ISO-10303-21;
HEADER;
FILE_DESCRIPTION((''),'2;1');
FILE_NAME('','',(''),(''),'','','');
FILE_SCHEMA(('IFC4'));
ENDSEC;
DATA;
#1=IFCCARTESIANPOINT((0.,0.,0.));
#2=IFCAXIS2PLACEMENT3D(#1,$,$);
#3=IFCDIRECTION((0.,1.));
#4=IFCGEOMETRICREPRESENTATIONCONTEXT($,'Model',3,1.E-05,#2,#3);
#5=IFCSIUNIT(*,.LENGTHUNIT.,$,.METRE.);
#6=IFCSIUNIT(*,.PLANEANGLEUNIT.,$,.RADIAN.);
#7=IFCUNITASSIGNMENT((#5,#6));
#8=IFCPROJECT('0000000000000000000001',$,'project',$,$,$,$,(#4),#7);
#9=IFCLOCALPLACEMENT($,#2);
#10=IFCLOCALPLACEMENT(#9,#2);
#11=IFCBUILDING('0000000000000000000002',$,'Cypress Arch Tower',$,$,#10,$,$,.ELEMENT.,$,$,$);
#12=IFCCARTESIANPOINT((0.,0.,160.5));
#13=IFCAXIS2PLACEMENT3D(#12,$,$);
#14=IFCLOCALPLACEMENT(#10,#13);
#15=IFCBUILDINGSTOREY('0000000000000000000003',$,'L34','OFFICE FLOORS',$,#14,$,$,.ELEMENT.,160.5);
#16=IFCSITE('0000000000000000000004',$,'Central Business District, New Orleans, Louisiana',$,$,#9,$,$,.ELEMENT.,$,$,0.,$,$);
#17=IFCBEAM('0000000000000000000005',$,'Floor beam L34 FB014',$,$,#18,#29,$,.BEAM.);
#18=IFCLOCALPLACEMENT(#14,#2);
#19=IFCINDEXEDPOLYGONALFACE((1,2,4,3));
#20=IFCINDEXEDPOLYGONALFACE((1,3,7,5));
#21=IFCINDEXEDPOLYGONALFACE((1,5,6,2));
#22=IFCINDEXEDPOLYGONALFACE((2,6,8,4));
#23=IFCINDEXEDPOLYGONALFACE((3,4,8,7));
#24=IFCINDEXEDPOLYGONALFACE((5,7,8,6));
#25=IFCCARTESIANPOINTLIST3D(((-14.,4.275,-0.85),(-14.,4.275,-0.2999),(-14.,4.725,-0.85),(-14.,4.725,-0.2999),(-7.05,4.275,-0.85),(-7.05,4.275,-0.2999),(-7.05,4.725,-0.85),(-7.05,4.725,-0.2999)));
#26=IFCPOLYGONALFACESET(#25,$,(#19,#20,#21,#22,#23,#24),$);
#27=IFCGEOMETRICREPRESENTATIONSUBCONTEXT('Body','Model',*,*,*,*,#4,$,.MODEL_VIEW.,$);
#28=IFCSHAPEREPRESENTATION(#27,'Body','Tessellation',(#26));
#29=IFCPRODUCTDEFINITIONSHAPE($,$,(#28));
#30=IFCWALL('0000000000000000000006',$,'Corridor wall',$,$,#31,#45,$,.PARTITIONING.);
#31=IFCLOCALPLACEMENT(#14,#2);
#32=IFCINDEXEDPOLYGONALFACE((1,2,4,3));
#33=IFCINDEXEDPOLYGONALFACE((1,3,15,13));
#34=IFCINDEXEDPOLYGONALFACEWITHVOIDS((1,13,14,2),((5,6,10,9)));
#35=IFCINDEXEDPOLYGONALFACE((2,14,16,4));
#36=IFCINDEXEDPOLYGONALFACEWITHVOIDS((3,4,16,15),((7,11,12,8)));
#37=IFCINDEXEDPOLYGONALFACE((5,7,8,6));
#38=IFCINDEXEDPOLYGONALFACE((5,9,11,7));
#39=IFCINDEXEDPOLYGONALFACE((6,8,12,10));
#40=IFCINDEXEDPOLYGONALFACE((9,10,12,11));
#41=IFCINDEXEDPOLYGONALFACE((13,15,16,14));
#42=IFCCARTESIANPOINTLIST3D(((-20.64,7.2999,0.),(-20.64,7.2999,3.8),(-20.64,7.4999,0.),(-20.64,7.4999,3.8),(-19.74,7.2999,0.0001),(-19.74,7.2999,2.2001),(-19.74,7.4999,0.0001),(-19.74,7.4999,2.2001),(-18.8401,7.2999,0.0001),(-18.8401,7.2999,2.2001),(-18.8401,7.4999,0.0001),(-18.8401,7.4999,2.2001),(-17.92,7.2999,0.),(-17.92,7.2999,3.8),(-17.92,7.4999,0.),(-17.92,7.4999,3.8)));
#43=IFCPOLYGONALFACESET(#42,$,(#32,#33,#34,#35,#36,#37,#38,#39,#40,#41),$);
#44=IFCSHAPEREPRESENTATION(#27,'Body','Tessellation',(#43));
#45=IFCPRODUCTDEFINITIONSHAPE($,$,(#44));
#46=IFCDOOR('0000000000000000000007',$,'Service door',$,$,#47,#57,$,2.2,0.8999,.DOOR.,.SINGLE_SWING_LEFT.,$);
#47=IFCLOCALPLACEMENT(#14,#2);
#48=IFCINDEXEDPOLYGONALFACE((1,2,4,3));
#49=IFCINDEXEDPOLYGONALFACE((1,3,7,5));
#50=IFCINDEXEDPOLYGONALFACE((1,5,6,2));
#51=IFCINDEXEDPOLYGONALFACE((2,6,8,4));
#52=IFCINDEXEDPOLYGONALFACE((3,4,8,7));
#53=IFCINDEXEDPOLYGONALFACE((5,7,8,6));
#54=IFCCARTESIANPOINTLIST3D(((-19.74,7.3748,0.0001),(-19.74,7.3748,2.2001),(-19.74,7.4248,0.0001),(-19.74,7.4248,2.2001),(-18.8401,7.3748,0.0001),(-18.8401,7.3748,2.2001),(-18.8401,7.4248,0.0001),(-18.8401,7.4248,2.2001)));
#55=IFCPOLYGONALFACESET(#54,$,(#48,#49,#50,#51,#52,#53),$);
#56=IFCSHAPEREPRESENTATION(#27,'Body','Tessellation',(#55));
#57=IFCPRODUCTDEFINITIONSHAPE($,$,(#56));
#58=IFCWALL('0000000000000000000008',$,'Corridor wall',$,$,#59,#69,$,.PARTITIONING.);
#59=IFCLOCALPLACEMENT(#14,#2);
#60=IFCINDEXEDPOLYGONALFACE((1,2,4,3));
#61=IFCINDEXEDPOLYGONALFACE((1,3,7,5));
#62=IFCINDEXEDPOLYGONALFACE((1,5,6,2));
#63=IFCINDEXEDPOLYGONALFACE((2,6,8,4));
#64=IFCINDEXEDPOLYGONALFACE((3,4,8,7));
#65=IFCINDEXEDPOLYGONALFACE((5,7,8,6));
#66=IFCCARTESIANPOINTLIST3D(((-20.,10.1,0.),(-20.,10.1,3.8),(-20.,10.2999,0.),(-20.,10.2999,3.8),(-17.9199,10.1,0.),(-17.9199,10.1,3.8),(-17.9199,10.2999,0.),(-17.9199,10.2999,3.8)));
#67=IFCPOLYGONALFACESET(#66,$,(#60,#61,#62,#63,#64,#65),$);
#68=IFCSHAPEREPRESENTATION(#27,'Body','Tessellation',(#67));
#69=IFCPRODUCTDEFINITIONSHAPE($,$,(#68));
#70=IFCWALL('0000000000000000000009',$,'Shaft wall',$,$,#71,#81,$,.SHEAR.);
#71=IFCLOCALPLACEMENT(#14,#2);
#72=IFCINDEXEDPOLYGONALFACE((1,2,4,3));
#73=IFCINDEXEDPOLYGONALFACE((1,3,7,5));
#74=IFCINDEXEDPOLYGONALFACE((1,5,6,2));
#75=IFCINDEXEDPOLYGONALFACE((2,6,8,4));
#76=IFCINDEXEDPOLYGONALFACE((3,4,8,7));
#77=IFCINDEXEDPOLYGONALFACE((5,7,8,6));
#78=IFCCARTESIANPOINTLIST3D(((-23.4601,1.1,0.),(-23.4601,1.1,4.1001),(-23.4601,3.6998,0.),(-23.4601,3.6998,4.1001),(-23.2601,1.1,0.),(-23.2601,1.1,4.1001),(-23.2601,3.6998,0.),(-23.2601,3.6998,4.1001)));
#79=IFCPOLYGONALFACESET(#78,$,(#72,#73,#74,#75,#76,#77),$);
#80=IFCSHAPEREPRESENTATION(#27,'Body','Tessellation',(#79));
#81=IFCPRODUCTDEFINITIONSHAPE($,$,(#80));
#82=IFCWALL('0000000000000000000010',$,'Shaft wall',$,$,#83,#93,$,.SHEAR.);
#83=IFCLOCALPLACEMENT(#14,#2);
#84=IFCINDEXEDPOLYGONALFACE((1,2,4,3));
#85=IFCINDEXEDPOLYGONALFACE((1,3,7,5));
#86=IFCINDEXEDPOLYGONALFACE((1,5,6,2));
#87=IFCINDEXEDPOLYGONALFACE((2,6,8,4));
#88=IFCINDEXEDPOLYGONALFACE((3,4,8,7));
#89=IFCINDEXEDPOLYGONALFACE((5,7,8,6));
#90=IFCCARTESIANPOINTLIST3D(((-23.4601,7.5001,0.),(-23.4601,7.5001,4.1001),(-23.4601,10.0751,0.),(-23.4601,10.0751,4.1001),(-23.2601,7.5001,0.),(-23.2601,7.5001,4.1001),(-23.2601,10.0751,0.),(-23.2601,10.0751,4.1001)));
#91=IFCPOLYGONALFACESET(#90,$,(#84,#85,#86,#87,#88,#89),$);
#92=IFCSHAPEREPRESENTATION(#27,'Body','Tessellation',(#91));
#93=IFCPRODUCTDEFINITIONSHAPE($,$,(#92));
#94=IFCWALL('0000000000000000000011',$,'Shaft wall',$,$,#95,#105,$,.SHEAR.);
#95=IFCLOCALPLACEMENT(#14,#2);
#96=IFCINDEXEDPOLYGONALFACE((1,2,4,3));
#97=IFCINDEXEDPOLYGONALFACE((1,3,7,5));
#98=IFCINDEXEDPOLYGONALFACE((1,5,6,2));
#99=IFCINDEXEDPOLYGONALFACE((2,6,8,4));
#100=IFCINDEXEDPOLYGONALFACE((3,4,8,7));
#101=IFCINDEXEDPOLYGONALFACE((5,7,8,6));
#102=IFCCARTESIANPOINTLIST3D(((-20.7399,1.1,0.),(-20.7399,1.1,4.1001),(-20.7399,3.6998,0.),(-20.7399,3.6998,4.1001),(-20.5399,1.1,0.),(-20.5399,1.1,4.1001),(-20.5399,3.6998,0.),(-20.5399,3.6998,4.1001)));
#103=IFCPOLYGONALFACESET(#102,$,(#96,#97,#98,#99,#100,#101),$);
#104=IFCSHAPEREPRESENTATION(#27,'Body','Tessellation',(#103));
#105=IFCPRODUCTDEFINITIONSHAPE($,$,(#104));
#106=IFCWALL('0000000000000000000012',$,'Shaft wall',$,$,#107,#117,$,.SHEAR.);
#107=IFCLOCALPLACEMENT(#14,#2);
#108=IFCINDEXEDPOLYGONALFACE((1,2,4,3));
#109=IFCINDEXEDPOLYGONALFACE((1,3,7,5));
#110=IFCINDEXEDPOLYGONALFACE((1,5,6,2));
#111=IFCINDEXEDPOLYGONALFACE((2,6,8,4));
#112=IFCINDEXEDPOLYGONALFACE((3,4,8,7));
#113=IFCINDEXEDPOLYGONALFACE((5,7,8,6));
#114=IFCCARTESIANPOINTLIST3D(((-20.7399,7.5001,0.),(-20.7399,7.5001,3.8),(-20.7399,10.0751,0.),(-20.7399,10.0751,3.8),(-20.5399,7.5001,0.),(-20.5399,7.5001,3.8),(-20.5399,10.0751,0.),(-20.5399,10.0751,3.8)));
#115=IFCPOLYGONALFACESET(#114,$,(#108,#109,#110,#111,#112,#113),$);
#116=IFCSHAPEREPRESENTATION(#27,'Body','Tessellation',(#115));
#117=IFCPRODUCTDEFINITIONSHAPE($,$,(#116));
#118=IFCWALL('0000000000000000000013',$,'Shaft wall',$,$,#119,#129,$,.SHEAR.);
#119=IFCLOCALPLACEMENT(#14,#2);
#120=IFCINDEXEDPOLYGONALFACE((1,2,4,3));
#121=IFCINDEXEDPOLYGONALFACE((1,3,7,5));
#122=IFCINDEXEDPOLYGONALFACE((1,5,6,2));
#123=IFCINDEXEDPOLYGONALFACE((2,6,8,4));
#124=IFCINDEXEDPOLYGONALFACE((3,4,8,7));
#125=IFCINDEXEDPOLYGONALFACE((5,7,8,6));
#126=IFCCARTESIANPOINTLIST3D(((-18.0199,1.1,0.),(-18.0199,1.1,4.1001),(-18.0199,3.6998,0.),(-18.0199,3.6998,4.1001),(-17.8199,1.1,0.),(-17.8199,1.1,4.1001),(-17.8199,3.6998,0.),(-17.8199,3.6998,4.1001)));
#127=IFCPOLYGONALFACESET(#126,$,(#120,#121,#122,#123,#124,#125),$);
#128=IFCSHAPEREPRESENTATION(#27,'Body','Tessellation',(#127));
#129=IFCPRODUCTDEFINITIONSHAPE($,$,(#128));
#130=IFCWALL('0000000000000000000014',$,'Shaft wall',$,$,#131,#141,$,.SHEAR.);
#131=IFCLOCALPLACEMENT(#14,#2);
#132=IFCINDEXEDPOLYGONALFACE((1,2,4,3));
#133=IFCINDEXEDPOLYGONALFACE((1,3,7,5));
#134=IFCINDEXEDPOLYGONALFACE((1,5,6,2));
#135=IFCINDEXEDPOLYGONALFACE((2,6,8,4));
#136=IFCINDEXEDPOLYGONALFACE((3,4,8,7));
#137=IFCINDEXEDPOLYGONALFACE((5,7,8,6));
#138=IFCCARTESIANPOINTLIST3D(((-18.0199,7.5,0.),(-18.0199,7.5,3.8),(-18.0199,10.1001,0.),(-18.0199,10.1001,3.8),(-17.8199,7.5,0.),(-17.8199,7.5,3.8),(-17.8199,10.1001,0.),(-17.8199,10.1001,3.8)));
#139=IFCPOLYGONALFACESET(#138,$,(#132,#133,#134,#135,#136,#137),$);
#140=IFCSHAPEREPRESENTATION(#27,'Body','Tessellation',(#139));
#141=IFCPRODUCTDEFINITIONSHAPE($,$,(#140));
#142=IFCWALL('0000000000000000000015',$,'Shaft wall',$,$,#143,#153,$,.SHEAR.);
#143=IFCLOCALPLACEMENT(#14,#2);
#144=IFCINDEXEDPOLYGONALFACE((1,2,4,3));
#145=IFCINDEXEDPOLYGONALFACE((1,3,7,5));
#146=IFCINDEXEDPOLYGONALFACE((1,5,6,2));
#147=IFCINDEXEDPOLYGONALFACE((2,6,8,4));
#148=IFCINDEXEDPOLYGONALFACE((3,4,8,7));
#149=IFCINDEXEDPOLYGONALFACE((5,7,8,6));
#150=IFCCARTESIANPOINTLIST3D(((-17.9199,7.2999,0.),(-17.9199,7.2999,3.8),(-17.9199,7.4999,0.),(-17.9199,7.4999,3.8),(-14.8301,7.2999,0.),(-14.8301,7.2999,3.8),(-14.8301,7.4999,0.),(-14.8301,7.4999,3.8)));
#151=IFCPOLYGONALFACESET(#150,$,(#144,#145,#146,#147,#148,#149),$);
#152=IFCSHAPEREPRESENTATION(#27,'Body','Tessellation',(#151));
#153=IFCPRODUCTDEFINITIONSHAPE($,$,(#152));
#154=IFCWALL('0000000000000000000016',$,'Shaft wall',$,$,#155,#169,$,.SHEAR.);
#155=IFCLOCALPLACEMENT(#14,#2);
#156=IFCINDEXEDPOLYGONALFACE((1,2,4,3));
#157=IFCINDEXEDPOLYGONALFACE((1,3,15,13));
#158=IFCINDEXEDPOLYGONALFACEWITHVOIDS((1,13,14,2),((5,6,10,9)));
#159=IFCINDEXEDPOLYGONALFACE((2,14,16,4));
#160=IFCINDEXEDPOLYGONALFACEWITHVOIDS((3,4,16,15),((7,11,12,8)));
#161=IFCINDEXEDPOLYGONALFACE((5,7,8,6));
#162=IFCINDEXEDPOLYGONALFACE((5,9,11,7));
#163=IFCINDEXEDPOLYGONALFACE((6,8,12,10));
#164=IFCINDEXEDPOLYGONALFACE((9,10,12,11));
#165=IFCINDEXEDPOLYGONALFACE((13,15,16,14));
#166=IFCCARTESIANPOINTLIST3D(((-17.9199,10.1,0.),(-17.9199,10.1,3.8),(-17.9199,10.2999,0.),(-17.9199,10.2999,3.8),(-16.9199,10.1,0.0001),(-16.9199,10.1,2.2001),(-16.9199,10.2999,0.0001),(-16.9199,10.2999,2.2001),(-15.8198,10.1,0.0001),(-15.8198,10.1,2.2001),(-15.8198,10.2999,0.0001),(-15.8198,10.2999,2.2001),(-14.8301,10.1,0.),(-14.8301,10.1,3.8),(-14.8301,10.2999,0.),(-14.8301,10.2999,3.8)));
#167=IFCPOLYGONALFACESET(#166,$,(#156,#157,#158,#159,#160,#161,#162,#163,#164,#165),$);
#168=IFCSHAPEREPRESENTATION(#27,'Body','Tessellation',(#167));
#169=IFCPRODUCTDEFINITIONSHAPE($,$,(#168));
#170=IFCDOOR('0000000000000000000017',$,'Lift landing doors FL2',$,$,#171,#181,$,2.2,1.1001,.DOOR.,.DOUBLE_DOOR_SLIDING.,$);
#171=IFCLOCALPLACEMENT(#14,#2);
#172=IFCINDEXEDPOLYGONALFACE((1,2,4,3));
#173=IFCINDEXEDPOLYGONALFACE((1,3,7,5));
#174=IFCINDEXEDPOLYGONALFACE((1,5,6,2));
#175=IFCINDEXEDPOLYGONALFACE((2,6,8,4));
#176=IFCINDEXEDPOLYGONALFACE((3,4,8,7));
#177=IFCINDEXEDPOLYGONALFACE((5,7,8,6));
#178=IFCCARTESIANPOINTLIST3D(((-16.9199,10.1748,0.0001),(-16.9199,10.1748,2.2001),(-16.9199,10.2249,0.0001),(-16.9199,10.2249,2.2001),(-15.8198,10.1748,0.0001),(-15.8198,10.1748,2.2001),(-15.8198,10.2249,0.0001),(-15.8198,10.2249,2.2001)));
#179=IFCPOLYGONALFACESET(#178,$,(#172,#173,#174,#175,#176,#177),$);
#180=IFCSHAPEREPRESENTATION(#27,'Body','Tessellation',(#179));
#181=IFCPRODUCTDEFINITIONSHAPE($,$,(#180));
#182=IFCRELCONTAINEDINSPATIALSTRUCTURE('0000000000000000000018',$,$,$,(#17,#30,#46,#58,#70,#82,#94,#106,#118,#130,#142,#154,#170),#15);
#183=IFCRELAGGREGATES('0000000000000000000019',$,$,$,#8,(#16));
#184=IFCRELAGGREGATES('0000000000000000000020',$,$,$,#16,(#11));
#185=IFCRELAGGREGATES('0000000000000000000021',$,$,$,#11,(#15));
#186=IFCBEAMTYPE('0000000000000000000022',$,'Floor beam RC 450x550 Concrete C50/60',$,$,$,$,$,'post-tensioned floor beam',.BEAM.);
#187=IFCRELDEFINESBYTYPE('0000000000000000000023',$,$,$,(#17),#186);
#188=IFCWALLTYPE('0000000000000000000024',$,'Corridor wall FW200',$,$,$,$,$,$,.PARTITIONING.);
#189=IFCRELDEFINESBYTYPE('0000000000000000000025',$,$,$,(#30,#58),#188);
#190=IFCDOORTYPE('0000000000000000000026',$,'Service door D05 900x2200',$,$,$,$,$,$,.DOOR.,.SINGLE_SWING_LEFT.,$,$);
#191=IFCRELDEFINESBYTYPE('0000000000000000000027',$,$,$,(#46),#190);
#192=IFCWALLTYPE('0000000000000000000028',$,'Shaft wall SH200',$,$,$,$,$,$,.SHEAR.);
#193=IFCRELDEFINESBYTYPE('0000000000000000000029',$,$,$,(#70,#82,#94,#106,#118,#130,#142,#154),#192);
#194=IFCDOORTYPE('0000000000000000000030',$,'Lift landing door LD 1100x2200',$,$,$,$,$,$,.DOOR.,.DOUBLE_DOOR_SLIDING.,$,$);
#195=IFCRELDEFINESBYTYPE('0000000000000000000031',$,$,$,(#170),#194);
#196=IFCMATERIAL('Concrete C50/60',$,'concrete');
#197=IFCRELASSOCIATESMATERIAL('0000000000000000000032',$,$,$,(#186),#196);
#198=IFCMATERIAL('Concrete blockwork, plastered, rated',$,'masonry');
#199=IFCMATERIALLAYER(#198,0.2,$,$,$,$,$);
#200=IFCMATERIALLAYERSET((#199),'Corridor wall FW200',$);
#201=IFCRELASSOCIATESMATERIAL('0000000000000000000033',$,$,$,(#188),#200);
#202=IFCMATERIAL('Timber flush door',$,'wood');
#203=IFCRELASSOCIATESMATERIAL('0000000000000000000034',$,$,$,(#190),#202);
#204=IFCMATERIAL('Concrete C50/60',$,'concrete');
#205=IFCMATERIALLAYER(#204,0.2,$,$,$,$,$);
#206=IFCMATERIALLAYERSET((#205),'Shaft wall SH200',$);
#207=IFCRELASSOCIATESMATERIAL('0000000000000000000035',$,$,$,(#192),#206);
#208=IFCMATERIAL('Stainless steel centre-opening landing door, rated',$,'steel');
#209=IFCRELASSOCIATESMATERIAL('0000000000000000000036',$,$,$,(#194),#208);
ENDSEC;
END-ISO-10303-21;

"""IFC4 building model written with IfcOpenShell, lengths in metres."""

from ifc_helpers import new_model, si_unit, direction, frame, frame_2d, origin, origin_2d, place, context, subcontext, project, spatial, rectangle, extrude, material, layer, layer_set, material_profile, profile_set, type_object, element, fill, save


model = new_model("IFC4")

# Units and contexts
model_context = context("Model", 3, precision=1e-05, world=origin(), true_north=direction((0.0, 1.0)))
body_context = subcontext(model_context, "Body", "Model", "MODEL_VIEW")
ifc_project = project(units=[si_unit("LENGTHUNIT", "METRE"), si_unit("PLANEANGLEUNIT", "RADIAN")], contexts=[model_context])

# Site, building, storey
site_placement = place(None, origin())
site = spatial("IfcSite", under=ifc_project, at=site_placement, Name="Central Business District, New Orleans, Louisiana", CompositionType="ELEMENT", RefElevation=0.0)
building_placement = place(site_placement, origin())
building = spatial("IfcBuilding", under=site, at=building_placement, Name="Cypress Arch Tower", CompositionType="ELEMENT")
storey_placement = place(building_placement, frame((0.0, 0.0, 160.5)))
storey = spatial("IfcBuildingStorey", under=building, at=storey_placement, Name="L34", Description="OFFICE FLOORS", CompositionType="ELEMENT", Elevation=160.5)

# Beam
ifc_material_1 = material(Name="Concrete C50/60", Category="concrete")
ifc_material_profile = material_profile(ifc_material_1, rectangle(XDim=0.45, YDim=0.55, at=origin_2d()), Name="RC 450x550")
ifc_profile_set = profile_set([ifc_material_profile], Name="Concrete C50/60")
beam_type = type_object("IfcBeamType", Name="Floor beam RC 450x550 Concrete C50/60", ElementType="post-tensioned floor beam", PredefinedType="BEAM", material=ifc_profile_set)
beam_placement = place(storey_placement, frame((-14.0, 4.5, -0.575), z_axis=(1.0, 0.0, 0.0), x_axis=(0.0, 1.0, 0.0)))
element("IfcBeam", 1, at=beam_placement, inside=storey, type_object=beam_type, Name="Floor beam L34 FB014", PredefinedType="BEAM", context=body_context, shape_type="SweptSolid", body=[
    extrude(rectangle(XDim=0.45, YDim=0.55, at=origin_2d()), origin(), (0.0, 0.0, 1.0), 6.95),
])

# Wall, opening, door
ifc_material_2 = material(Name="Concrete blockwork, plastered, rated", Category="masonry")
ifc_layer_1 = layer(ifc_material_2, 0.2)
ifc_layer_set_1 = layer_set([ifc_layer_1], Name="Corridor wall FW200")
wall_type_1 = type_object("IfcWallType", Name="Corridor wall FW200", PredefinedType="PARTITIONING", material=ifc_layer_set_1)
wall_1_placement = place(storey_placement, frame((-20.6399, 7.3999, 0.0), z_axis=(0.0, 0.0, 1.0), x_axis=(1.0, 0.0, 0.0)))
wall_1 = element("IfcWall", 2, at=wall_1_placement, inside=storey, type_object=wall_type_1, Name="Corridor wall", PredefinedType="PARTITIONING", context=body_context, shape_type="SweptSolid", body=[
    extrude(rectangle(XDim=2.72, YDim=0.2, at=frame_2d((1.3599, 0.0))), origin(), (0.0, 0.0, 1.0), 3.8),
])
opening_1_placement = place(wall_1_placement, frame((0.8999, 0.0, 0.0)))
opening_1 = element("IfcOpeningElement", 3, at=opening_1_placement, cuts=wall_1, PredefinedType="OPENING", context=body_context, shape_type="SweptSolid", body=[
    extrude(rectangle(XDim=0.8999, YDim=2.2, at=frame_2d((0.45, 1.1001))), frame((0.0, 0.1099, 0.0), z_axis=(0.0, -1.0, 0.0), x_axis=(1.0, 0.0, 0.0)), (0.0, 0.0, 1.0), 0.22),
])
ifc_material_3 = material(Name="Timber flush door", Category="wood")
door_type_1 = type_object("IfcDoorType", Name="Service door D05 900x2200", OperationType="SINGLE_SWING_LEFT", PredefinedType="DOOR", material=ifc_material_3)
door_1_placement = place(opening_1_placement, origin())
door_1 = element("IfcDoor", 4, at=door_1_placement, inside=storey, type_object=door_type_1, Name="Service door", OperationType="SINGLE_SWING_LEFT", OverallHeight=2.2, OverallWidth=0.8999, PredefinedType="DOOR", context=body_context, shape_type="SweptSolid", body=[
    extrude(rectangle(XDim=0.8999, YDim=2.2, at=frame_2d((0.45, 1.1001))), frame((0.0, 0.0249, 0.0), z_axis=(0.0, -1.0, 0.0), x_axis=(1.0, 0.0, 0.0)), (0.0, 0.0, 1.0), 0.05),
])
fill(opening_1, door_1)

# Walls
wall_2_placement = place(storey_placement, frame((-20.0, 10.2, 0.0), z_axis=(0.0, 0.0, 1.0), x_axis=(1.0, 0.0, 0.0)))
element("IfcWall", 5, at=wall_2_placement, inside=storey, type_object=wall_type_1, Name="Corridor wall", PredefinedType="PARTITIONING", context=body_context, shape_type="SweptSolid", body=[
    extrude(rectangle(XDim=2.0801, YDim=0.2, at=frame_2d((1.04, 0.0))), origin(), (0.0, 0.0, 1.0), 3.8),
])
ifc_material_4 = material(Name="Concrete C50/60", Category="concrete")
ifc_layer_2 = layer(ifc_material_4, 0.2)
ifc_layer_set_2 = layer_set([ifc_layer_2], Name="Shaft wall SH200")
wall_type_2 = type_object("IfcWallType", Name="Shaft wall SH200", PredefinedType="SHEAR", material=ifc_layer_set_2)
wall_3_placement = place(storey_placement, frame((-23.3601, 1.1001, 0.0), z_axis=(0.0, 0.0, 1.0), x_axis=(0.0, 1.0, 0.0)))
element("IfcWall", 6, at=wall_3_placement, inside=storey, type_object=wall_type_2, Name="Shaft wall", PredefinedType="SHEAR", context=body_context, shape_type="SweptSolid", body=[
    extrude(rectangle(XDim=2.5999, YDim=0.2, at=frame_2d((1.2998, 0.0))), origin(), (0.0, 0.0, 1.0), 4.1001),
])
wall_4_placement = place(storey_placement, frame((-23.3601, 7.5, 0.0), z_axis=(0.0, 0.0, 1.0), x_axis=(0.0, 1.0, 0.0)))
element("IfcWall", 7, at=wall_4_placement, inside=storey, type_object=wall_type_2, Name="Shaft wall", PredefinedType="SHEAR", context=body_context, shape_type="SweptSolid", body=[
    extrude(rectangle(XDim=2.575, YDim=0.2, at=frame_2d((1.2876, 0.0))), origin(), (0.0, 0.0, 1.0), 4.1001),
])
wall_5_placement = place(storey_placement, frame((-20.6399, 1.1001, 0.0), z_axis=(0.0, 0.0, 1.0), x_axis=(0.0, 1.0, 0.0)))
element("IfcWall", 8, at=wall_5_placement, inside=storey, type_object=wall_type_2, Name="Shaft wall", PredefinedType="SHEAR", context=body_context, shape_type="SweptSolid", body=[
    extrude(rectangle(XDim=2.5999, YDim=0.2, at=frame_2d((1.2998, 0.0))), origin(), (0.0, 0.0, 1.0), 4.1001),
])
wall_6_placement = place(storey_placement, frame((-20.6399, 7.5, 0.0), z_axis=(0.0, 0.0, 1.0), x_axis=(0.0, 1.0, 0.0)))
element("IfcWall", 9, at=wall_6_placement, inside=storey, type_object=wall_type_2, Name="Shaft wall", PredefinedType="SHEAR", context=body_context, shape_type="SweptSolid", body=[
    extrude(rectangle(XDim=2.575, YDim=0.2, at=frame_2d((1.2876, 0.0))), origin(), (0.0, 0.0, 1.0), 3.8),
])
wall_7_placement = place(storey_placement, frame((-17.9199, 1.1001, 0.0), z_axis=(0.0, 0.0, 1.0), x_axis=(0.0, 1.0, 0.0)))
element("IfcWall", 10, at=wall_7_placement, inside=storey, type_object=wall_type_2, Name="Shaft wall", PredefinedType="SHEAR", context=body_context, shape_type="SweptSolid", body=[
    extrude(rectangle(XDim=2.5999, YDim=0.2, at=frame_2d((1.2998, 0.0))), origin(), (0.0, 0.0, 1.0), 4.1001),
])
wall_8_placement = place(storey_placement, frame((-17.9199, 7.5, 0.0), z_axis=(0.0, 0.0, 1.0), x_axis=(0.0, 1.0, 0.0)))
element("IfcWall", 11, at=wall_8_placement, inside=storey, type_object=wall_type_2, Name="Shaft wall", PredefinedType="SHEAR", context=body_context, shape_type="SweptSolid", body=[
    extrude(rectangle(XDim=2.6001, YDim=0.2, at=frame_2d((1.3, 0.0))), origin(), (0.0, 0.0, 1.0), 3.8),
])
wall_9_placement = place(storey_placement, frame((-17.9199, 7.3999, 0.0), z_axis=(0.0, 0.0, 1.0), x_axis=(1.0, 0.0, 0.0)))
element("IfcWall", 12, at=wall_9_placement, inside=storey, type_object=wall_type_2, Name="Shaft wall", PredefinedType="SHEAR", context=body_context, shape_type="SweptSolid", body=[
    extrude(rectangle(XDim=3.0898, YDim=0.2, at=frame_2d((1.5449, 0.0))), origin(), (0.0, 0.0, 1.0), 3.8),
])

# Wall, opening, door
wall_10_placement = place(storey_placement, frame((-17.9199, 10.2, 0.0), z_axis=(0.0, 0.0, 1.0), x_axis=(1.0, 0.0, 0.0)))
wall_10 = element("IfcWall", 13, at=wall_10_placement, inside=storey, type_object=wall_type_2, Name="Shaft wall", PredefinedType="SHEAR", context=body_context, shape_type="SweptSolid", body=[
    extrude(rectangle(XDim=3.0898, YDim=0.2, at=frame_2d((1.5449, 0.0))), origin(), (0.0, 0.0, 1.0), 3.8),
])
opening_2_placement = place(wall_10_placement, frame((1.0, 0.0, 0.0)))
opening_2 = element("IfcOpeningElement", 14, at=opening_2_placement, cuts=wall_10, PredefinedType="OPENING", context=body_context, shape_type="SweptSolid", body=[
    extrude(rectangle(XDim=1.1001, YDim=2.2, at=frame_2d((0.55, 1.1001))), frame((0.0, 0.1099, 0.0), z_axis=(0.0, -1.0, 0.0), x_axis=(1.0, 0.0, 0.0)), (0.0, 0.0, 1.0), 0.22),
])
ifc_material_5 = material(Name="Stainless steel centre-opening landing door, rated", Category="steel")
door_type_2 = type_object("IfcDoorType", Name="Lift landing door LD 1100x2200", OperationType="DOUBLE_DOOR_SLIDING", PredefinedType="DOOR", material=ifc_material_5)
door_2_placement = place(opening_2_placement, origin())
door_2 = element("IfcDoor", 15, at=door_2_placement, inside=storey, type_object=door_type_2, Name="Lift landing doors FL2", OperationType="DOUBLE_DOOR_SLIDING", OverallHeight=2.2, OverallWidth=1.1001, PredefinedType="DOOR", context=body_context, shape_type="SweptSolid", body=[
    extrude(rectangle(XDim=1.1001, YDim=2.2, at=frame_2d((0.55, 1.1001))), frame((0.0, 0.0249, 0.0), z_axis=(0.0, -1.0, 0.0), x_axis=(1.0, 0.0, 0.0)), (0.0, 0.0, 1.0), 0.05),
])
fill(opening_2, door_2)

save(model, "model.ifc")
